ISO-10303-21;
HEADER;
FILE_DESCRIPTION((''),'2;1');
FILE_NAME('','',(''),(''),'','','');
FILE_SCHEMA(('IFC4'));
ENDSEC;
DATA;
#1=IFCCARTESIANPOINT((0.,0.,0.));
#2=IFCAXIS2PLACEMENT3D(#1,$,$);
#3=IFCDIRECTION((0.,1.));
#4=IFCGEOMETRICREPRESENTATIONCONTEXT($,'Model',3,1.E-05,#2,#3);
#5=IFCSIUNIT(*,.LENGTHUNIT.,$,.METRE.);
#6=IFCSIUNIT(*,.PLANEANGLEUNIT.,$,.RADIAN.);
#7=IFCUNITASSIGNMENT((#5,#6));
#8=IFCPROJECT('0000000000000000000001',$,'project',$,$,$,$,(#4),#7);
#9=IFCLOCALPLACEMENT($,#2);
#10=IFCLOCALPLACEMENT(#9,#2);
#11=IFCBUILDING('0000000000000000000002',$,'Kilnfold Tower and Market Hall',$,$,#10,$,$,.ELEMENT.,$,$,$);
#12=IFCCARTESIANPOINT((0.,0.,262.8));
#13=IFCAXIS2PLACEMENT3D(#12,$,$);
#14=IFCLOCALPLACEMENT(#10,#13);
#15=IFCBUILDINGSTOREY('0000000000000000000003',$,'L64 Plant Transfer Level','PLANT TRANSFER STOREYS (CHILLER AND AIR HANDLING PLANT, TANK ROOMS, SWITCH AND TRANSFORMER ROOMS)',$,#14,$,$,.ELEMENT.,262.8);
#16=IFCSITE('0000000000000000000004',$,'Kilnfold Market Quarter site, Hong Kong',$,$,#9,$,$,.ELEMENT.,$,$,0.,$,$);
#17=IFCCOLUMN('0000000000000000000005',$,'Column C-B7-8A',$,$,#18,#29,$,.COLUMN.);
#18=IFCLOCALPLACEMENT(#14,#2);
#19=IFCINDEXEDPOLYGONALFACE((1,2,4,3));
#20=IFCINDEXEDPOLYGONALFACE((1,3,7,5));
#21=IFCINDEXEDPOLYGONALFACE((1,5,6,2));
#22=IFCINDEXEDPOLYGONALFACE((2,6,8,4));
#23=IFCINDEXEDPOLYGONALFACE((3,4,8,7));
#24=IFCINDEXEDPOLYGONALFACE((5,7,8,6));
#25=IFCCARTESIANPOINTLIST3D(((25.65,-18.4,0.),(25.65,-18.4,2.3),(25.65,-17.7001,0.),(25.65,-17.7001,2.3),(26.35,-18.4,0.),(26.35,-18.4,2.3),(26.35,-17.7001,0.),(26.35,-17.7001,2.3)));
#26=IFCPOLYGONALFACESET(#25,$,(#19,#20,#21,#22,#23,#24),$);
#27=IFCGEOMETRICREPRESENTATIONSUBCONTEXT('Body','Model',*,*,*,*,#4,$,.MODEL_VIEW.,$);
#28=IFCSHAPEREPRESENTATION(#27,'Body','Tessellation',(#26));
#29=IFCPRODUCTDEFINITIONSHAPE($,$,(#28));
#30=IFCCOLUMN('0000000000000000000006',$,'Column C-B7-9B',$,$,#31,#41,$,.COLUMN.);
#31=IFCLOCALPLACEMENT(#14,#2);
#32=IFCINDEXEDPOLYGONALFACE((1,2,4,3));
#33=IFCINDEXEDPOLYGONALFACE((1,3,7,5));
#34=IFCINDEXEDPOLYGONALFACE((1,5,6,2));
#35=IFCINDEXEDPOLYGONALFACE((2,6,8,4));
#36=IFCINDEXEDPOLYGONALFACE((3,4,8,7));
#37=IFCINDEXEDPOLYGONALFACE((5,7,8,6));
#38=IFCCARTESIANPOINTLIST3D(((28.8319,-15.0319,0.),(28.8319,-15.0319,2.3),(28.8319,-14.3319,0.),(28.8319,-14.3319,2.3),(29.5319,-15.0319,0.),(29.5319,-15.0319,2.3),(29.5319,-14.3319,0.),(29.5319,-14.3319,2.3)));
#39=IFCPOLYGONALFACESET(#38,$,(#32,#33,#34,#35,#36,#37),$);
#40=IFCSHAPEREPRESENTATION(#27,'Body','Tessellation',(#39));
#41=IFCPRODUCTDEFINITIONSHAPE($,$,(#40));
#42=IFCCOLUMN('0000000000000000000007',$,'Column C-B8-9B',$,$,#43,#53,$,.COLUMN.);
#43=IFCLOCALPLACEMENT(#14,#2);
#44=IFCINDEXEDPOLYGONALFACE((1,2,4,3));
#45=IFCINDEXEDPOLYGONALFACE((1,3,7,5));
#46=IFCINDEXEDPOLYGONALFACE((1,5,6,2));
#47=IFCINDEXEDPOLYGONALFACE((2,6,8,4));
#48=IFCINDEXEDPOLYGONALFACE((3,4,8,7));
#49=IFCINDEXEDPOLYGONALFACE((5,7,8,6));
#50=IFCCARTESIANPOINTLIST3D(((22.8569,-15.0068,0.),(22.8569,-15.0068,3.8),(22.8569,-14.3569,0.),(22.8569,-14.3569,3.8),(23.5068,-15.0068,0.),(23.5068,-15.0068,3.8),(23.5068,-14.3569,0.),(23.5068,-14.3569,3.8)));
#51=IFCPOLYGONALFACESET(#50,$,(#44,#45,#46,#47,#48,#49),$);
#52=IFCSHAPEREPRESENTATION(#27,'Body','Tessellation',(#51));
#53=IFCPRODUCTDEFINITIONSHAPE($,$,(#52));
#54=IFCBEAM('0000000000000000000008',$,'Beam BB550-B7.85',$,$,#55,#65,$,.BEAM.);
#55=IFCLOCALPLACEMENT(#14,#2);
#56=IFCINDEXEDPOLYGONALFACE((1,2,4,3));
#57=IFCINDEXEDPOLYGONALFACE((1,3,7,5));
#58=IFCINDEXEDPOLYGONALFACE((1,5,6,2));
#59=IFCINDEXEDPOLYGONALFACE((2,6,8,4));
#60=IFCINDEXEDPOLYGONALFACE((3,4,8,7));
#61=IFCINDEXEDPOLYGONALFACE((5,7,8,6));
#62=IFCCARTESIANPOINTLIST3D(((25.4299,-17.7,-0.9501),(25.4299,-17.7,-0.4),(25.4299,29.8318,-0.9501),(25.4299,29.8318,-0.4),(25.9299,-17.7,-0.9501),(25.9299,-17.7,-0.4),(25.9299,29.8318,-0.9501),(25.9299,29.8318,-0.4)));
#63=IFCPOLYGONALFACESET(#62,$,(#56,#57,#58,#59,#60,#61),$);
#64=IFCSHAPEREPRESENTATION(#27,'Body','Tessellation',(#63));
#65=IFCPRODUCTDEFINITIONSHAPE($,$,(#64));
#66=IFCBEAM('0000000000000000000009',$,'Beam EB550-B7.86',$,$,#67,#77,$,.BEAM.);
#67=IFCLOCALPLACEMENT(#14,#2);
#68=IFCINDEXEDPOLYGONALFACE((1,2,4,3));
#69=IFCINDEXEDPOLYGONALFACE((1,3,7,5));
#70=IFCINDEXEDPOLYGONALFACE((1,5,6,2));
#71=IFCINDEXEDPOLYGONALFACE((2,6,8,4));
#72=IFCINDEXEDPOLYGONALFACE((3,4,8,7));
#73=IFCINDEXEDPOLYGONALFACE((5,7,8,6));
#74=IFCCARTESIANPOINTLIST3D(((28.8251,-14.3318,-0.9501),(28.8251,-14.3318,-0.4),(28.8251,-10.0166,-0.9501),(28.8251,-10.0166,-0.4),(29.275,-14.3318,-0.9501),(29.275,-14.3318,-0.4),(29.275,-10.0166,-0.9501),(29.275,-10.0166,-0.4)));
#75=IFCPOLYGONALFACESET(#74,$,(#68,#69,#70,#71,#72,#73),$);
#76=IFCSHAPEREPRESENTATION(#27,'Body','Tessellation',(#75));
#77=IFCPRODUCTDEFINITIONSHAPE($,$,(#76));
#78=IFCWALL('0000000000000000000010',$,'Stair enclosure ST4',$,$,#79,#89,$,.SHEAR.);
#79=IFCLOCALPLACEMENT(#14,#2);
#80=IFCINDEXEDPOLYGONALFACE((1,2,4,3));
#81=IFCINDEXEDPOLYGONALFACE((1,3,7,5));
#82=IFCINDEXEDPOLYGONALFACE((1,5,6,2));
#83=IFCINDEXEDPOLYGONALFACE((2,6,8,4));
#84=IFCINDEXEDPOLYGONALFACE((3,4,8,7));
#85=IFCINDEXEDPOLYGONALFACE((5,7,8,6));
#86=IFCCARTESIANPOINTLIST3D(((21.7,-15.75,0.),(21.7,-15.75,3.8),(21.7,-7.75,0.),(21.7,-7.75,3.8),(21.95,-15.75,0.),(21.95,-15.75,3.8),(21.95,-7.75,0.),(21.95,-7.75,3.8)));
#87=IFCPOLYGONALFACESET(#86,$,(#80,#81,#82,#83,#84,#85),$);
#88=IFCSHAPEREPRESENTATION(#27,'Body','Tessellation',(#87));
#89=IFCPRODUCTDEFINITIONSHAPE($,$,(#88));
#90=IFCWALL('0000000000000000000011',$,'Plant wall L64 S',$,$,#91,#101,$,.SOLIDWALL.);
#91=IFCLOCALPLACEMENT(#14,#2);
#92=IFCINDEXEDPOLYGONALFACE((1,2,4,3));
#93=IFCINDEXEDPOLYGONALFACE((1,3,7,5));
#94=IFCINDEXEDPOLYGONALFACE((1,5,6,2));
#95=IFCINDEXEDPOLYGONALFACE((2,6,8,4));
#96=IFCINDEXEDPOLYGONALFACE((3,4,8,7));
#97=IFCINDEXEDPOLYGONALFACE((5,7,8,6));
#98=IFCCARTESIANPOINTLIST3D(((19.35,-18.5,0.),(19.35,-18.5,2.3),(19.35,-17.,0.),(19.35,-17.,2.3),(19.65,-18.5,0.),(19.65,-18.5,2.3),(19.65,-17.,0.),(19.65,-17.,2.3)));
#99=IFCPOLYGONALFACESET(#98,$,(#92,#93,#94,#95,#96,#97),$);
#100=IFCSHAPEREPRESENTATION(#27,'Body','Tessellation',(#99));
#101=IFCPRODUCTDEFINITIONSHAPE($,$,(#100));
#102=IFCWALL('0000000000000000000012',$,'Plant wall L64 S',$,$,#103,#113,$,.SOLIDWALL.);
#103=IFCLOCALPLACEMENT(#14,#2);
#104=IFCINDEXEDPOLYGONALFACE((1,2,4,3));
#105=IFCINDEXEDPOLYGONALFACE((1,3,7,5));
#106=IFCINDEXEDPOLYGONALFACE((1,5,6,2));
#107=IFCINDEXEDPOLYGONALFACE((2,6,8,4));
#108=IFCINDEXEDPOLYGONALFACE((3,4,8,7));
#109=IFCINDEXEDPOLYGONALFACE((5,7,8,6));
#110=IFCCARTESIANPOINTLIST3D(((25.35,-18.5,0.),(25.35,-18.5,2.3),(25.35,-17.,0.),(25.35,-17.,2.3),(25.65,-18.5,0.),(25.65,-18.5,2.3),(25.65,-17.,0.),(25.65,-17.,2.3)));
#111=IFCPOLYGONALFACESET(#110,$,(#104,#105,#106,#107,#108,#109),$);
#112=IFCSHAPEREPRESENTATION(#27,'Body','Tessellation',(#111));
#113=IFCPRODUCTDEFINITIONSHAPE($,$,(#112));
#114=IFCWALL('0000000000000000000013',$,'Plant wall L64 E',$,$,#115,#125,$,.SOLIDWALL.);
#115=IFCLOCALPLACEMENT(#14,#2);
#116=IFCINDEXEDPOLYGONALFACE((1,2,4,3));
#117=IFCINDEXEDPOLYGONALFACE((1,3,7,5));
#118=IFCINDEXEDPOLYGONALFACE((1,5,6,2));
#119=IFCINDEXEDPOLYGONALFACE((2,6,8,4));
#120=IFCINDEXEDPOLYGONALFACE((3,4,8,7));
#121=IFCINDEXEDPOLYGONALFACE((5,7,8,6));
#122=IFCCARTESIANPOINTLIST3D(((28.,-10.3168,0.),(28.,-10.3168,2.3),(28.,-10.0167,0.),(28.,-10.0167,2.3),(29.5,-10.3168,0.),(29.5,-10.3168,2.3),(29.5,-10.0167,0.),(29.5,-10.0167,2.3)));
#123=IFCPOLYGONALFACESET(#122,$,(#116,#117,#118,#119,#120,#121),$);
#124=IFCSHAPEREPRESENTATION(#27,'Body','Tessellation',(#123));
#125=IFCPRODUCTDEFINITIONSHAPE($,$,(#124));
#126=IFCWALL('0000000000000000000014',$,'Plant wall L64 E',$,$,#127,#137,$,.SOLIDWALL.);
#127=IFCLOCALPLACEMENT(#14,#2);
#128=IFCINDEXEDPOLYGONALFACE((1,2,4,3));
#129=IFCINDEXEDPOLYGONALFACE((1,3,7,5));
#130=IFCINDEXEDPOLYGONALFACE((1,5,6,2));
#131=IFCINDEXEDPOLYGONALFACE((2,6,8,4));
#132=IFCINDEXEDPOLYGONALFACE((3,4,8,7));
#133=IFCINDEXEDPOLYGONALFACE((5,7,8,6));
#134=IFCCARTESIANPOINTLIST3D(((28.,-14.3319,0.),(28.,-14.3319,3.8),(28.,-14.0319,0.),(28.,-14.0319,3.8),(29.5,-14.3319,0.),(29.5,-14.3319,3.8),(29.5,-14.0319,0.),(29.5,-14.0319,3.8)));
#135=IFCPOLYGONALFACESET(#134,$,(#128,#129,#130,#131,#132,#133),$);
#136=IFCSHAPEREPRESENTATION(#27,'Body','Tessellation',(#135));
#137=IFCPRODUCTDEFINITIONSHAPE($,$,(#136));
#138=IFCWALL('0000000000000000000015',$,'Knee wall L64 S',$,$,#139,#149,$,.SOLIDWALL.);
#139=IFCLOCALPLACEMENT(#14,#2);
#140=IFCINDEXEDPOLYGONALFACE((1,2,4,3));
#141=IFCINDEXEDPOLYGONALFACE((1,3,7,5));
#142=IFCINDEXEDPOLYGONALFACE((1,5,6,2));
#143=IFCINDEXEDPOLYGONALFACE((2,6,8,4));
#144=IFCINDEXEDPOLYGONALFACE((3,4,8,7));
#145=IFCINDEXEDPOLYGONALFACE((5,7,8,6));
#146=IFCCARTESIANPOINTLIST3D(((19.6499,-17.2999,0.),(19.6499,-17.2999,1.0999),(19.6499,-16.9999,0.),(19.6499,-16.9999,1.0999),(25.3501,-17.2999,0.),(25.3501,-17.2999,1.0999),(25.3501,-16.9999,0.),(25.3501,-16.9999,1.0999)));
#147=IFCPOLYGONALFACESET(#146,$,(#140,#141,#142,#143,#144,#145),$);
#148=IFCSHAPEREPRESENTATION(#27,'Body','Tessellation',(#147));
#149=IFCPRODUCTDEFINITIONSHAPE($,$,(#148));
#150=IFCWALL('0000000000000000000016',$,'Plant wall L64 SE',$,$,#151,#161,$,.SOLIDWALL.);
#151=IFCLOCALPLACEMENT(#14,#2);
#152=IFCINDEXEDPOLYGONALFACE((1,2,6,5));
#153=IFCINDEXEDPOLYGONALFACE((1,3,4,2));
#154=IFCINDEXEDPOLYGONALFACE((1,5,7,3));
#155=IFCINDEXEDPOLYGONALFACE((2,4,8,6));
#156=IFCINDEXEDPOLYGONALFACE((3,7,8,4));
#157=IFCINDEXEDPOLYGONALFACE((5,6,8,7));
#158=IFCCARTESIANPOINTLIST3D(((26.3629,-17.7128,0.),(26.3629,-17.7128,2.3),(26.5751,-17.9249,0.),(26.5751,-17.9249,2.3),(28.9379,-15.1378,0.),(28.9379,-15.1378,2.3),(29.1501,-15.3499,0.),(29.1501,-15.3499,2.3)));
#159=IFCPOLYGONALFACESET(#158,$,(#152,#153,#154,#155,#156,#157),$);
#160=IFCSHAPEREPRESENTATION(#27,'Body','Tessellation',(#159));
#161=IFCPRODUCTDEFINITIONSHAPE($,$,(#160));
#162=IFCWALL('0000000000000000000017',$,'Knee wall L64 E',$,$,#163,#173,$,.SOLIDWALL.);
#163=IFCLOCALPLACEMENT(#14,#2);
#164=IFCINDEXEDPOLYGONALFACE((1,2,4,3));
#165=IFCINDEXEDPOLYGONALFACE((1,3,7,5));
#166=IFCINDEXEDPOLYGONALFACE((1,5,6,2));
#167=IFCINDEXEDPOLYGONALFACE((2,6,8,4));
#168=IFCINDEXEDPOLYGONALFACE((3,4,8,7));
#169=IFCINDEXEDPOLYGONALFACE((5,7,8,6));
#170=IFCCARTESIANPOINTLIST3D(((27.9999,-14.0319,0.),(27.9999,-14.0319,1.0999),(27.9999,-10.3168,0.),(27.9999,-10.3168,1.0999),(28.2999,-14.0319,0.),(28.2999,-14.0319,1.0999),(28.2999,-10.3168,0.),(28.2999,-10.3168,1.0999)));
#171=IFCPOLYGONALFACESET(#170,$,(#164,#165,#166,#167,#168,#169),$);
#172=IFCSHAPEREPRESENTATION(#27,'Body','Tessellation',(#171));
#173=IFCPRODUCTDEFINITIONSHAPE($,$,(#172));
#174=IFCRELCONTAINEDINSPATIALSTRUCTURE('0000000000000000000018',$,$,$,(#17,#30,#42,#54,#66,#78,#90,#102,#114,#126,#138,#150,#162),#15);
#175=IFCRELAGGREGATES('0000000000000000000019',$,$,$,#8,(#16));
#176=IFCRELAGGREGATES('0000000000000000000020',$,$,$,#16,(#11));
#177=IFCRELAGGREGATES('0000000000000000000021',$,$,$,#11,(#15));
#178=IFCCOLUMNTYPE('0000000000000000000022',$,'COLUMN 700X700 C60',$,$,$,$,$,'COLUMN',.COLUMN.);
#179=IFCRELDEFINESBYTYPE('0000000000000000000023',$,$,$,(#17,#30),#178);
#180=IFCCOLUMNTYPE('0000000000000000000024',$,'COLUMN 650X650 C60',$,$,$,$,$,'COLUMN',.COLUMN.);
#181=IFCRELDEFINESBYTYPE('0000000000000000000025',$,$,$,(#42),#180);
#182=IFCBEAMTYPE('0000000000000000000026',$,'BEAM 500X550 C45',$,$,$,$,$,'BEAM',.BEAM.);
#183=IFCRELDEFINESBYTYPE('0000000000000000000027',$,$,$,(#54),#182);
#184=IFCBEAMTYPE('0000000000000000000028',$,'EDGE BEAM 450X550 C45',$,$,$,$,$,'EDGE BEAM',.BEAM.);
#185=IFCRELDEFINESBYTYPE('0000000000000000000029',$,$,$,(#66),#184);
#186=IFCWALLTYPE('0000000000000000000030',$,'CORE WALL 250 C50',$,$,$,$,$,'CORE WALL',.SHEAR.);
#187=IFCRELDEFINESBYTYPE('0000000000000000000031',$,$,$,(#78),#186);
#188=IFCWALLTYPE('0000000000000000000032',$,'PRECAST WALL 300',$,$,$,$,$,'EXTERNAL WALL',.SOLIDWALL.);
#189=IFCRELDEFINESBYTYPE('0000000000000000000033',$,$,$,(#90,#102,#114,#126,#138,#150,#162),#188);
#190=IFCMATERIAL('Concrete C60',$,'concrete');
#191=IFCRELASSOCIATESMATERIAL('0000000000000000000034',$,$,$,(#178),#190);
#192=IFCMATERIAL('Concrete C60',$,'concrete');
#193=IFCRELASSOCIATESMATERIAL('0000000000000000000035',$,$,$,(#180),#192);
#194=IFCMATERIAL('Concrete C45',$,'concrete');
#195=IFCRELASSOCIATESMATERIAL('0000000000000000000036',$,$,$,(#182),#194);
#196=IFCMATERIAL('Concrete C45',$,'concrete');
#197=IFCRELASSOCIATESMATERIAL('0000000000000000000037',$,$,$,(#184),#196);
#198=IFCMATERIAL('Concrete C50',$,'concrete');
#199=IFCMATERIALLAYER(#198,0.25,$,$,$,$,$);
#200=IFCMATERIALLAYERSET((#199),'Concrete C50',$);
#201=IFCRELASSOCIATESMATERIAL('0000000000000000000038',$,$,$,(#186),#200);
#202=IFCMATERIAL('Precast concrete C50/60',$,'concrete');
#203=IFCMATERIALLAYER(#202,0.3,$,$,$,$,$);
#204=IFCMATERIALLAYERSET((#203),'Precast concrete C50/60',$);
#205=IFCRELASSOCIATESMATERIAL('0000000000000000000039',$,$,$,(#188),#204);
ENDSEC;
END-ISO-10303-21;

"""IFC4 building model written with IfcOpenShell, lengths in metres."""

from ifc_helpers import new_model, si_unit, direction, frame, frame_2d, origin, origin_2d, place, context, subcontext, project, spatial, rectangle, extrude, source, transform, mapped, material, layer, layer_set, material_profile, profile_set, type_object, element, save


model = new_model("IFC4")

# Units and contexts
model_context = context("Model", 3, precision=1e-05, world=origin(), true_north=direction((0.0, 1.0)))
body_context = subcontext(model_context, "Body", "Model", "MODEL_VIEW")
ifc_project = project(units=[si_unit("LENGTHUNIT", "METRE"), si_unit("PLANEANGLEUNIT", "RADIAN")], contexts=[model_context])

# Site, building, storey
site_placement = place(None, origin())
site = spatial("IfcSite", under=ifc_project, at=site_placement, Name="Kilnfold Market Quarter site, Hong Kong", CompositionType="ELEMENT", RefElevation=0.0)
building_placement = place(site_placement, origin())
building = spatial("IfcBuilding", under=site, at=building_placement, Name="Kilnfold Tower and Market Hall", CompositionType="ELEMENT")
storey_placement = place(building_placement, frame((0.0, 0.0, 262.8)))
storey = spatial("IfcBuildingStorey", under=building, at=storey_placement, Name="L64 Plant Transfer Level", Description="PLANT TRANSFER STOREYS (CHILLER AND AIR HANDLING PLANT, TANK ROOMS, SWITCH AND TRANSFORMER ROOMS)", CompositionType="ELEMENT", Elevation=262.8)

# Columns
ifc_material_1 = material(Name="Concrete C60", Category="concrete")
ifc_material_profile_1 = material_profile(ifc_material_1, rectangle(XDim=0.7, YDim=0.7, at=origin_2d()), Name="RC 700x700")
ifc_profile_set_1 = profile_set([ifc_material_profile_1], Name="Concrete C60")
column_type_1 = type_object("IfcColumnType", Name="COLUMN 700X700 C60", ElementType="COLUMN", PredefinedType="COLUMN", material=ifc_profile_set_1)
shared_shape_1 = source(origin(), body_context, "Body", "SweptSolid", [
    extrude(rectangle(XDim=0.7, YDim=0.7, at=origin_2d()), origin(), (0.0, 0.0, 1.0), 2.3),
])
for number, where, z_axis, x_axis, name in (
    (1, (26.0, -18.05, 0.0), (0.0, 0.0, 1.0), (1.0, 0.0, 0.0), "Column C-B7-8A"),
    (2, (29.1819, -14.6819, 0.0), (0.0, 0.0, 1.0), (1.0, 0.0, 0.0), "Column C-B7-9B"),
):
    element("IfcColumn", number, at=place(storey_placement, frame(where, z_axis=z_axis, x_axis=x_axis)), inside=storey, type_object=column_type_1, Name=name, PredefinedType="COLUMN", context=body_context, shape_type="MappedRepresentation", body=[
        mapped(shared_shape_1, transform((0.0, 0.0, 0.0))),
    ])
ifc_material_2 = material(Name="Concrete C60", Category="concrete")
ifc_material_profile_2 = material_profile(ifc_material_2, rectangle(XDim=0.6499, YDim=0.6499, at=origin_2d()), Name="RC 650x650")
ifc_profile_set_2 = profile_set([ifc_material_profile_2], Name="Concrete C60")
column_type_2 = type_object("IfcColumnType", Name="COLUMN 650X650 C60", ElementType="COLUMN", PredefinedType="COLUMN", material=ifc_profile_set_2)
shared_shape_2 = source(origin(), body_context, "Body", "SweptSolid", [
    extrude(rectangle(XDim=0.6499, YDim=0.6499, at=origin_2d()), origin(), (0.0, 0.0, 1.0), 3.8),
])
column_placement = place(storey_placement, frame((23.1819, -14.6819, 0.0), z_axis=(0.0, 0.0, 1.0), x_axis=(1.0, 0.0, 0.0)))
element("IfcColumn", 3, at=column_placement, inside=storey, type_object=column_type_2, Name="Column C-B8-9B", PredefinedType="COLUMN", context=body_context, shape_type="MappedRepresentation", body=[
    mapped(shared_shape_2, transform((0.0, 0.0, 0.0))),
])

# Beams
ifc_material_3 = material(Name="Concrete C45", Category="concrete")
ifc_material_profile_3 = material_profile(ifc_material_3, rectangle(XDim=0.5, YDim=0.55, at=origin_2d()), Name="RC 500x550")
ifc_profile_set_3 = profile_set([ifc_material_profile_3], Name="Concrete C45")
beam_type_1 = type_object("IfcBeamType", Name="BEAM 500X550 C45", ElementType="BEAM", PredefinedType="BEAM", material=ifc_profile_set_3)
shared_shape_3 = source(origin(), body_context, "Body", "SweptSolid", [
    extrude(rectangle(XDim=0.5, YDim=0.55, at=origin_2d()), origin(), (0.0, 0.0, 1.0), 47.5317),
])
beam_1_placement = place(storey_placement, frame((25.6799, -17.7, -0.675), z_axis=(0.0, 1.0, 0.0), x_axis=(-1.0, 0.0, 0.0)))
element("IfcBeam", 4, at=beam_1_placement, inside=storey, type_object=beam_type_1, Name="Beam BB550-B7.85", PredefinedType="BEAM", context=body_context, shape_type="MappedRepresentation", body=[
    mapped(shared_shape_3, transform((0.0, 0.0, 0.0))),
])
ifc_material_4 = material(Name="Concrete C45", Category="concrete")
ifc_material_profile_4 = material_profile(ifc_material_4, rectangle(XDim=0.45, YDim=0.55, at=origin_2d()), Name="RC 450x550")
ifc_profile_set_4 = profile_set([ifc_material_profile_4], Name="Concrete C45")
beam_type_2 = type_object("IfcBeamType", Name="EDGE BEAM 450X550 C45", ElementType="EDGE BEAM", PredefinedType="BEAM", material=ifc_profile_set_4)
shared_shape_4 = source(origin(), body_context, "Body", "SweptSolid", [
    extrude(rectangle(XDim=0.45, YDim=0.55, at=origin_2d()), origin(), (0.0, 0.0, 1.0), 4.3152),
])
beam_2_placement = place(storey_placement, frame((29.05, -14.3318, -0.675), z_axis=(0.0, 1.0, 0.0), x_axis=(-1.0, 0.0, 0.0)))
element("IfcBeam", 5, at=beam_2_placement, inside=storey, type_object=beam_type_2, Name="Beam EB550-B7.86", PredefinedType="BEAM", context=body_context, shape_type="MappedRepresentation", body=[
    mapped(shared_shape_4, transform((0.0, 0.0, 0.0))),
])

# Walls
ifc_material_5 = material(Name="Concrete C50", Category="concrete")
ifc_layer_1 = layer(ifc_material_5, 0.25)
ifc_layer_set_1 = layer_set([ifc_layer_1], Name="Concrete C50")
wall_type_1 = type_object("IfcWallType", Name="CORE WALL 250 C50", ElementType="CORE WALL", PredefinedType="SHEAR", material=ifc_layer_set_1)
shared_shape_5 = source(origin(), body_context, "Body", "SweptSolid", [
    extrude(rectangle(XDim=8.0, YDim=0.25, at=frame_2d((4.0, 0.0))), origin(), (0.0, 0.0, 1.0), 3.8),
])
wall_1_placement = place(storey_placement, frame((21.825, -15.75, 0.0), z_axis=(0.0, 0.0, 1.0), x_axis=(0.0, 1.0, 0.0)))
element("IfcWall", 6, at=wall_1_placement, inside=storey, type_object=wall_type_1, Name="Stair enclosure ST4", PredefinedType="SHEAR", context=body_context, shape_type="MappedRepresentation", body=[
    mapped(shared_shape_5, transform((0.0, 0.0, 0.0))),
])
ifc_material_6 = material(Name="Precast concrete C50/60", Category="concrete")
ifc_layer_2 = layer(ifc_material_6, 0.3)
ifc_layer_set_2 = layer_set([ifc_layer_2], Name="Precast concrete C50/60")
wall_type_2 = type_object("IfcWallType", Name="PRECAST WALL 300", ElementType="EXTERNAL WALL", PredefinedType="SOLIDWALL", material=ifc_layer_set_2)
shared_shape_6 = source(origin(), body_context, "Body", "SweptSolid", [
    extrude(rectangle(XDim=1.5, YDim=0.3, at=frame_2d((0.75, 0.0))), origin(), (0.0, 0.0, 1.0), 2.3),
])
for number, where, z_axis, x_axis, name in (
    (7, (19.5, -18.5, 0.0), (0.0, 0.0, 1.0), (0.0, 1.0, 0.0), "Plant wall L64 S"),
    (8, (25.5, -18.5, 0.0), (0.0, 0.0, 1.0), (0.0, 1.0, 0.0), "Plant wall L64 S"),
    (9, (29.5, -10.1667, 0.0), (0.0, 0.0, 1.0), (-1.0, 0.0, 0.0), "Plant wall L64 E"),
):
    element("IfcWall", number, at=place(storey_placement, frame(where, z_axis=z_axis, x_axis=x_axis)), inside=storey, type_object=wall_type_2, Name=name, PredefinedType="SOLIDWALL", context=body_context, shape_type="MappedRepresentation", body=[
        mapped(shared_shape_6, transform((0.0, 0.0, 0.0))),
    ])
shared_shape_7 = source(origin(), body_context, "Body", "SweptSolid", [
    extrude(rectangle(XDim=1.5, YDim=0.3, at=frame_2d((0.75, 0.0))), origin(), (0.0, 0.0, 1.0), 3.8),
])
wall_2_placement = place(storey_placement, frame((29.5, -14.1819, 0.0), z_axis=(0.0, 0.0, 1.0), x_axis=(-1.0, 0.0, 0.0)))
element("IfcWall", 10, at=wall_2_placement, inside=storey, type_object=wall_type_2, Name="Plant wall L64 E", PredefinedType="SOLIDWALL", context=body_context, shape_type="MappedRepresentation", body=[
    mapped(shared_shape_7, transform((0.0, 0.0, 0.0))),
])
shared_shape_8 = source(origin(), body_context, "Body", "SweptSolid", [
    extrude(rectangle(XDim=5.7002, YDim=0.3, at=frame_2d((2.8501, 0.0))), origin(), (0.0, 0.0, 1.0), 1.0999),
])
wall_3_placement = place(storey_placement, frame((19.6499, -17.1499, 0.0), z_axis=(0.0, 0.0, 1.0), x_axis=(1.0, 0.0, 0.0)))
element("IfcWall", 11, at=wall_3_placement, inside=storey, type_object=wall_type_2, Name="Knee wall L64 S", PredefinedType="SOLIDWALL", context=body_context, shape_type="MappedRepresentation", body=[
    mapped(shared_shape_8, transform((0.0, 0.0, 0.0))),
])
shared_shape_9 = source(origin(), body_context, "Body", "SweptSolid", [
    extrude(rectangle(XDim=3.6416, YDim=0.3, at=frame_2d((1.8208, 0.0))), origin(), (0.0, 0.0, 1.0), 2.3),
])
wall_4_placement = place(storey_placement, frame((26.469, -17.8188, 0.0), z_axis=(0.0, 0.0, 1.0), x_axis=(0.707107, 0.707107, 0.0)))
element("IfcWall", 12, at=wall_4_placement, inside=storey, type_object=wall_type_2, Name="Plant wall L64 SE", PredefinedType="SOLIDWALL", context=body_context, shape_type="MappedRepresentation", body=[
    mapped(shared_shape_9, transform((0.0, 0.0, 0.0))),
])
shared_shape_10 = source(origin(), body_context, "Body", "SweptSolid", [
    extrude(rectangle(XDim=3.7151, YDim=0.3, at=frame_2d((1.8574, 0.0))), origin(), (0.0, 0.0, 1.0), 1.0999),
])
wall_5_placement = place(storey_placement, frame((28.1499, -14.0317, 0.0), z_axis=(0.0, 0.0, 1.0), x_axis=(0.0, 1.0, 0.0)))
element("IfcWall", 13, at=wall_5_placement, inside=storey, type_object=wall_type_2, Name="Knee wall L64 E", PredefinedType="SOLIDWALL", context=body_context, shape_type="MappedRepresentation", body=[
    mapped(shared_shape_10, transform((0.0, 0.0, 0.0))),
])

save(model, "model.ifc")
